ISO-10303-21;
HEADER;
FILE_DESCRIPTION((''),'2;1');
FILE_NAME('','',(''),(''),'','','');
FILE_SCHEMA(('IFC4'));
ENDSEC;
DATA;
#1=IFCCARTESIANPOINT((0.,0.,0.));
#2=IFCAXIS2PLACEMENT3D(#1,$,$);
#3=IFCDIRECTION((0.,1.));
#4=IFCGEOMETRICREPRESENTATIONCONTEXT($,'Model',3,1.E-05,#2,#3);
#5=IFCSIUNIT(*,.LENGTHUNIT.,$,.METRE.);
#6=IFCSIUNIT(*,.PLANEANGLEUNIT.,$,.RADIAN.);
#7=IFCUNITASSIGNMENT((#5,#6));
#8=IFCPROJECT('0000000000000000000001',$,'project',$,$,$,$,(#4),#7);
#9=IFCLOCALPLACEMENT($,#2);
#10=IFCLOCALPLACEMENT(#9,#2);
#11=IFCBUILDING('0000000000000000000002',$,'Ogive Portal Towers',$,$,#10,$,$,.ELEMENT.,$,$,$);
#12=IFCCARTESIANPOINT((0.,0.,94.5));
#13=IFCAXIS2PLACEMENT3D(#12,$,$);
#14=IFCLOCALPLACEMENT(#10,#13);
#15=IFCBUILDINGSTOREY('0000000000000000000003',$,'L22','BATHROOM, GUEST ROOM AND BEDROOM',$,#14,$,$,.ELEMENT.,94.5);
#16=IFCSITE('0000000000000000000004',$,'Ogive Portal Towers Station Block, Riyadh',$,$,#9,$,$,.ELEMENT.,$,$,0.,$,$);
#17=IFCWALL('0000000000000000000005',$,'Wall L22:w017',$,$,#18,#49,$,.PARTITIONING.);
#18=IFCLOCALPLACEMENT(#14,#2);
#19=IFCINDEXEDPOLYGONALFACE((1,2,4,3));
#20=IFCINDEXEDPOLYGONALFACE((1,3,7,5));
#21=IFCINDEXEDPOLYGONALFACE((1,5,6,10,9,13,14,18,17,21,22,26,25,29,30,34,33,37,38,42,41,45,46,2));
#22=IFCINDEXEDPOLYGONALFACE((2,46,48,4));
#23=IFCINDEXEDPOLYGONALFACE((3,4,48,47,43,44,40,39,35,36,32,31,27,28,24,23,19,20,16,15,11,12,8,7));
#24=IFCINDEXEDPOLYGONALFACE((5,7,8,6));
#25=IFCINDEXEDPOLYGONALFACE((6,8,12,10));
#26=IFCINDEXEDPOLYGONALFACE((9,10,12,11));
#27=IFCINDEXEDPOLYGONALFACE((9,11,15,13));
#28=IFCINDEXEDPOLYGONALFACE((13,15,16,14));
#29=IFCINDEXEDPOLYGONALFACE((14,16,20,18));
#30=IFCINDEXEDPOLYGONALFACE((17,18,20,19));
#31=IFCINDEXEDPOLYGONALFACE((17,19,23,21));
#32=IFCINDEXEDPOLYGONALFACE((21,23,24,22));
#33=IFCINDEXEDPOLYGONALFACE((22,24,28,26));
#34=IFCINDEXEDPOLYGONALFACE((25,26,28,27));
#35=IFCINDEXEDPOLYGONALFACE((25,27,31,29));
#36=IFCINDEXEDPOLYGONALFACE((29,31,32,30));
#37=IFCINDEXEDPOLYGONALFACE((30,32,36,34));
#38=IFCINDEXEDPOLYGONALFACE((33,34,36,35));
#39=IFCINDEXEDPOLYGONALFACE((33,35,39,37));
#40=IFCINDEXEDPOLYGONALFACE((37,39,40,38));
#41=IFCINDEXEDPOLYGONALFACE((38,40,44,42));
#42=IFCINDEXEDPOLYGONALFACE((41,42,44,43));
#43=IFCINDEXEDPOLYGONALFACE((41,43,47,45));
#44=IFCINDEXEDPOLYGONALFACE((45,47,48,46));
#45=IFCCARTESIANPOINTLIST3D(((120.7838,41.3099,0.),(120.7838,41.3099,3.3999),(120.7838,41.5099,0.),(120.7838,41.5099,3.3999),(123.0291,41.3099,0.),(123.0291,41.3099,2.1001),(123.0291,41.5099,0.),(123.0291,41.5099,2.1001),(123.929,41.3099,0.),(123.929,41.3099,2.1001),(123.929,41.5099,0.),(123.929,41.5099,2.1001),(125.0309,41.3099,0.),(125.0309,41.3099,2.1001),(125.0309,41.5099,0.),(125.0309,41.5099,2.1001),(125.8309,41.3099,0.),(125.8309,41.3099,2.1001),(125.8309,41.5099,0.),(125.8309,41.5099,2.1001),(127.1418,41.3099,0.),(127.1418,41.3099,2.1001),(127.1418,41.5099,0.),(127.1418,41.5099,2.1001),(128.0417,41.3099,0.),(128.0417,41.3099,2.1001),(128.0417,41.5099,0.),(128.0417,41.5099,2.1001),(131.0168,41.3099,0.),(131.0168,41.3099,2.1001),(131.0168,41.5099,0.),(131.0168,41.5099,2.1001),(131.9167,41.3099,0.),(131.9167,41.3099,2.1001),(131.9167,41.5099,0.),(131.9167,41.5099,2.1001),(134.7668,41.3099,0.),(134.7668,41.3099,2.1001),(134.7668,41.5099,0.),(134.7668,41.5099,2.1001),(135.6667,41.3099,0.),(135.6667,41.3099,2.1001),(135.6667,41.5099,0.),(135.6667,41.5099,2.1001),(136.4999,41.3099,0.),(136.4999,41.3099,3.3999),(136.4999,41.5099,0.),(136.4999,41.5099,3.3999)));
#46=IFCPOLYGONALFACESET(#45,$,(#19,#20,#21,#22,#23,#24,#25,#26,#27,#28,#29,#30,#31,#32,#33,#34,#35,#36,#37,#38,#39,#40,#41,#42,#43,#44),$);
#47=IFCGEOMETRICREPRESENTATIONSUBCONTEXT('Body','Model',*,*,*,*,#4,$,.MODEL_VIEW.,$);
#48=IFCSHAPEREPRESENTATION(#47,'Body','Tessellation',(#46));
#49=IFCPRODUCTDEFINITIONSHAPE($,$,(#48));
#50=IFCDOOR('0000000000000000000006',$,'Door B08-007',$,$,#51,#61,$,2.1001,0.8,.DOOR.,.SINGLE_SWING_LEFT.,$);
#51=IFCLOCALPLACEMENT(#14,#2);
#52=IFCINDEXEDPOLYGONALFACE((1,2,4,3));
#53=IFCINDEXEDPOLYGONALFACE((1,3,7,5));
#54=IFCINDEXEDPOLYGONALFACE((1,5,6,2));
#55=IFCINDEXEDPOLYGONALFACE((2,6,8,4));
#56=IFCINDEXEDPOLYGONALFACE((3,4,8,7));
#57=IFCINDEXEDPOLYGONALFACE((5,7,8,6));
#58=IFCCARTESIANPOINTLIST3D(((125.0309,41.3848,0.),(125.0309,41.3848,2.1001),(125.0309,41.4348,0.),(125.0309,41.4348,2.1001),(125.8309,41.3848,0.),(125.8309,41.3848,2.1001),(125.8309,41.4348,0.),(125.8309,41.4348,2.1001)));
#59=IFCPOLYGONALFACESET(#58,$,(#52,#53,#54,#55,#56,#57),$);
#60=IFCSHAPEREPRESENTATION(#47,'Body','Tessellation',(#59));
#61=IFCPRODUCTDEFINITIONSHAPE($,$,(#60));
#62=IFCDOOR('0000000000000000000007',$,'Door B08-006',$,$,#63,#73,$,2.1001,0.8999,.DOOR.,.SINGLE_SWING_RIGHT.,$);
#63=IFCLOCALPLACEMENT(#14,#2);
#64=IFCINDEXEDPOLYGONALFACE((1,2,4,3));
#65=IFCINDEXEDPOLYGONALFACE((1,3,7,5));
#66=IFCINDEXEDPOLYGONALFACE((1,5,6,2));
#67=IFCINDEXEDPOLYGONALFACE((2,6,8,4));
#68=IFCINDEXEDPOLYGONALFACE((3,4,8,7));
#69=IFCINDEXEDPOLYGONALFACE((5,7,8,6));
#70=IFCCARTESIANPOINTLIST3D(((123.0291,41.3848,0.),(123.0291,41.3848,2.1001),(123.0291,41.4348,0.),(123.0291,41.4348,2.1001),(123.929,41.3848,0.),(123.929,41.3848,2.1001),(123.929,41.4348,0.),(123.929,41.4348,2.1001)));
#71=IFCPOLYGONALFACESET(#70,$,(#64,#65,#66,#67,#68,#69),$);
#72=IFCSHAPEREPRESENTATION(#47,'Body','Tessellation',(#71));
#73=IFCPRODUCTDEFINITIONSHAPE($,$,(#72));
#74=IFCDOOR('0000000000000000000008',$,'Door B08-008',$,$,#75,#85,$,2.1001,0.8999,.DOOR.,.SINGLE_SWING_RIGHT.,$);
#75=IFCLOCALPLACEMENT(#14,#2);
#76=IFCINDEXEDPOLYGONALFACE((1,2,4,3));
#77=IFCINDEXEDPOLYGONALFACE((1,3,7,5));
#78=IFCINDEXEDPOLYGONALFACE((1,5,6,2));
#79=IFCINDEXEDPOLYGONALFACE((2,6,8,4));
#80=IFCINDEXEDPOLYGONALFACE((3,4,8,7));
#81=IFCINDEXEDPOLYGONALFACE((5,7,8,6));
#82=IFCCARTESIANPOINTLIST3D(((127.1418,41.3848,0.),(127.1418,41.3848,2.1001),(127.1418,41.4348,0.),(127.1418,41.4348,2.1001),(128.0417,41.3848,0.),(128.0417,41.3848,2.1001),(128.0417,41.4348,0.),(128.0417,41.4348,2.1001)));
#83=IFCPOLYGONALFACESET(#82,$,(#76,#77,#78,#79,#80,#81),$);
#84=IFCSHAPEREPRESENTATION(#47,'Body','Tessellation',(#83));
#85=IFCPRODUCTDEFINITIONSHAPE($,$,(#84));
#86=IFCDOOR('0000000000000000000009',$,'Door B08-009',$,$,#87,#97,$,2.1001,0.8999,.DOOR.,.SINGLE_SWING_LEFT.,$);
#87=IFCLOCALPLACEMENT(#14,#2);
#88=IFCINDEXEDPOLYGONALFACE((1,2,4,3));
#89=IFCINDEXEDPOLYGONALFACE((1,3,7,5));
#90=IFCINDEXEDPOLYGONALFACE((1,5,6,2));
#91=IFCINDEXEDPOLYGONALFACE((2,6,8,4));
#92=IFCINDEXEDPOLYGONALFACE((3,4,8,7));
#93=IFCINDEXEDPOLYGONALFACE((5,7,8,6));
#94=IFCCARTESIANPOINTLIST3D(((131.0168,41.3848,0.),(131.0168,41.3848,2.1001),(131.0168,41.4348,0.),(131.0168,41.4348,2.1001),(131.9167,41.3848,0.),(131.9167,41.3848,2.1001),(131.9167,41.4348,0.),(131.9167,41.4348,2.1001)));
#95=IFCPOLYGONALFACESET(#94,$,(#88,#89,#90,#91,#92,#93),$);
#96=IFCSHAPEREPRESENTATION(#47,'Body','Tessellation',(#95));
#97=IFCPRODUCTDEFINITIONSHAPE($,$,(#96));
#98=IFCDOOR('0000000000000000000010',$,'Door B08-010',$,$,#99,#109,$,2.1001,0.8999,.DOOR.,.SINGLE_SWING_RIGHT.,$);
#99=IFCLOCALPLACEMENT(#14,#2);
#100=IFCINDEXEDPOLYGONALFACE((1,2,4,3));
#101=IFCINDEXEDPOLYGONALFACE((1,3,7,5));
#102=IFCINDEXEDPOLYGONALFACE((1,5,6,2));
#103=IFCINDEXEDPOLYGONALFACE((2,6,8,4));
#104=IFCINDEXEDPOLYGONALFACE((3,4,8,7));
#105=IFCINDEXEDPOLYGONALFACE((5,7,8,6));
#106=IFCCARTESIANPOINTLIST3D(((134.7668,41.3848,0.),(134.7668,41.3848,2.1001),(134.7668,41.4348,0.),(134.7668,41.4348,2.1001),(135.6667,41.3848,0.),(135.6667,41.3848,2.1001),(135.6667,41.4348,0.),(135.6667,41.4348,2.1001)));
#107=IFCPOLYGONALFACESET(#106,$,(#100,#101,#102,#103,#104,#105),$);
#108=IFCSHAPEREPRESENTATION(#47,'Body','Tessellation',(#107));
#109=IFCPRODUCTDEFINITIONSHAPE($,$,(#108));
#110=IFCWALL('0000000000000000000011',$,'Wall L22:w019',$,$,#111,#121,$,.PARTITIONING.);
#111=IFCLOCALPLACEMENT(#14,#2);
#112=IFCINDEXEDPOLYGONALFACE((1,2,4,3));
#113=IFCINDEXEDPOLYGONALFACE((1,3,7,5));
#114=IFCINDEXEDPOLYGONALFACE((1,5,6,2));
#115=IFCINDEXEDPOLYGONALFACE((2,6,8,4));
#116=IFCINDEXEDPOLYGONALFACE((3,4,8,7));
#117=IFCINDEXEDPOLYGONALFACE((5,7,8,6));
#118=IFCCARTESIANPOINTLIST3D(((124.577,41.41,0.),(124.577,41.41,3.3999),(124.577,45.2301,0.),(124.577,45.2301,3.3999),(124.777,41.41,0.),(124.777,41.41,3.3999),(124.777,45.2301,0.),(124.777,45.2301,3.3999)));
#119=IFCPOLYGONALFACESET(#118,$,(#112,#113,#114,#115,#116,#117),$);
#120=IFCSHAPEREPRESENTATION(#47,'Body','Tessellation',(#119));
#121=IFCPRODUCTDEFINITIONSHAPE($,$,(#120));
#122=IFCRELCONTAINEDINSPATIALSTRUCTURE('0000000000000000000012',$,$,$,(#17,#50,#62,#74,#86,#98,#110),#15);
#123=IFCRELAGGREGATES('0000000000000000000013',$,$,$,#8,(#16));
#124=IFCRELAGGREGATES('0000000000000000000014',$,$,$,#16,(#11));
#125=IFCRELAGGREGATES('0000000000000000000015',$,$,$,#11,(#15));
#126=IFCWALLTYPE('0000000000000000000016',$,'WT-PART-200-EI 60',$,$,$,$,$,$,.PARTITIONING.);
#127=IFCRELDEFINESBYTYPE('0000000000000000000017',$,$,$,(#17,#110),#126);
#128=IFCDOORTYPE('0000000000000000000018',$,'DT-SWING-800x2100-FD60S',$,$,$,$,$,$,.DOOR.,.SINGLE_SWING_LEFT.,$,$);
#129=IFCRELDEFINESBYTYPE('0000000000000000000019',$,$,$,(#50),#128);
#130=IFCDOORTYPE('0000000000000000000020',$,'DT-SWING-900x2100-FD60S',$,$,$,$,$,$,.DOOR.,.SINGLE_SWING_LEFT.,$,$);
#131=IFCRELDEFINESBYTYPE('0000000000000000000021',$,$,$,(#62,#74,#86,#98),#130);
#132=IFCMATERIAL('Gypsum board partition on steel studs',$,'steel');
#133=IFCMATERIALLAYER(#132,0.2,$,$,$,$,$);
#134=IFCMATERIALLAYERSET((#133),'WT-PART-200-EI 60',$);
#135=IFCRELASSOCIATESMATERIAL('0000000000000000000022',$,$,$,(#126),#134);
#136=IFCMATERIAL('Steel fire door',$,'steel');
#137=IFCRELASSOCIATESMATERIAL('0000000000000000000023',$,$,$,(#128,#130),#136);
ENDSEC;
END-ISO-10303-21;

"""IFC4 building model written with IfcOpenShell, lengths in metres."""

from ifc_helpers import new_model, si_unit, direction, frame, frame_2d, origin, place, context, subcontext, project, spatial, rectangle, extrude, material, layer, layer_set, type_object, element, fill, save


model = new_model("IFC4")

# Units and contexts
model_context = context("Model", 3, precision=1e-05, world=origin(), true_north=direction((0.0, 1.0)))
body_context = subcontext(model_context, "Body", "Model", "MODEL_VIEW")
ifc_project = project(units=[si_unit("LENGTHUNIT", "METRE"), si_unit("PLANEANGLEUNIT", "RADIAN")], contexts=[model_context])

# Site, building, storey
site_placement = place(None, origin())
site = spatial("IfcSite", under=ifc_project, at=site_placement, Name="Ogive Portal Towers Station Block, Riyadh", CompositionType="ELEMENT", RefElevation=0.0)
building_placement = place(site_placement, origin())
building = spatial("IfcBuilding", under=site, at=building_placement, Name="Ogive Portal Towers", CompositionType="ELEMENT")
storey_placement = place(building_placement, frame((0.0, 0.0, 94.5)))
storey = spatial("IfcBuildingStorey", under=building, at=storey_placement, Name="L22", Description="BATHROOM, GUEST ROOM AND BEDROOM", CompositionType="ELEMENT", Elevation=94.5)

# Wall, openings, doors
ifc_material_1 = material(Name="Gypsum board partition on steel studs", Category="steel")
ifc_layer_1 = layer(ifc_material_1, 0.2)
ifc_layer_set_1 = layer_set([ifc_layer_1], Name="WT-PART-200-EI 60")
wall_type = type_object("IfcWallType", Name="WT-PART-200-EI 60", PredefinedType="PARTITIONING", material=ifc_layer_set_1)
wall_1_placement = place(storey_placement, frame((120.7839, 41.4099, 0.0), z_axis=(0.0, 0.0, 1.0), x_axis=(1.0, 0.0, 0.0)))
wall_1 = element("IfcWall", 1, at=wall_1_placement, inside=storey, type_object=wall_type, Name="Wall L22:w017", PredefinedType="PARTITIONING", context=body_context, shape_type="SweptSolid", body=[
    extrude(rectangle(XDim=15.7161, YDim=0.2, at=frame_2d((7.8579, 0.0))), origin(), (0.0, 0.0, 1.0), 3.3999),
])
opening_1_placement = place(wall_1_placement, frame((2.2451, 0.0, 0.0)))
opening_1 = element("IfcOpeningElement", 2, at=opening_1_placement, cuts=wall_1, PredefinedType="OPENING", context=body_context, shape_type="SweptSolid", body=[
    extrude(rectangle(XDim=0.8999, YDim=2.1001, at=frame_2d((0.45, 1.05))), frame((0.0, 0.1099, 0.0), z_axis=(0.0, -1.0, 0.0), x_axis=(1.0, 0.0, 0.0)), (0.0, 0.0, 1.0), 0.22),
])
opening_2_placement = place(wall_1_placement, frame((4.2471, 0.0, 0.0)))
opening_2 = element("IfcOpeningElement", 3, at=opening_2_placement, cuts=wall_1, PredefinedType="OPENING", context=body_context, shape_type="SweptSolid", body=[
    extrude(rectangle(XDim=0.8, YDim=2.1001, at=frame_2d((0.3999, 1.05))), frame((0.0, 0.1099, 0.0), z_axis=(0.0, -1.0, 0.0), x_axis=(1.0, 0.0, 0.0)), (0.0, 0.0, 1.0), 0.22),
])
opening_3_placement = place(wall_1_placement, frame((6.3579, 0.0, 0.0)))
opening_3 = element("IfcOpeningElement", 4, at=opening_3_placement, cuts=wall_1, PredefinedType="OPENING", context=body_context, shape_type="SweptSolid", body=[
    extrude(rectangle(XDim=0.8999, YDim=2.1001, at=frame_2d((0.45, 1.05))), frame((0.0, 0.1099, 0.0), z_axis=(0.0, -1.0, 0.0), x_axis=(1.0, 0.0, 0.0)), (0.0, 0.0, 1.0), 0.22),
])
opening_4_placement = place(wall_1_placement, frame((10.2329, 0.0, 0.0)))
opening_4 = element("IfcOpeningElement", 5, at=opening_4_placement, cuts=wall_1, PredefinedType="OPENING", context=body_context, shape_type="SweptSolid", body=[
    extrude(rectangle(XDim=0.8999, YDim=2.1001, at=frame_2d((0.45, 1.05))), frame((0.0, 0.1099, 0.0), z_axis=(0.0, -1.0, 0.0), x_axis=(1.0, 0.0, 0.0)), (0.0, 0.0, 1.0), 0.22),
])
opening_5_placement = place(wall_1_placement, frame((13.9829, 0.0, 0.0)))
opening_5 = element("IfcOpeningElement", 6, at=opening_5_placement, cuts=wall_1, PredefinedType="OPENING", context=body_context, shape_type="SweptSolid", body=[
    extrude(rectangle(XDim=0.8999, YDim=2.1001, at=frame_2d((0.45, 1.05))), frame((0.0, 0.1099, 0.0), z_axis=(0.0, -1.0, 0.0), x_axis=(1.0, 0.0, 0.0)), (0.0, 0.0, 1.0), 0.22),
])
ifc_material_2 = material(Name="Steel fire door", Category="steel")
door_type_1 = type_object("IfcDoorType", Name="DT-SWING-800x2100-FD60S", OperationType="SINGLE_SWING_LEFT", PredefinedType="DOOR", material=ifc_material_2)
door_1_placement = place(opening_2_placement, origin())
door_1 = element("IfcDoor", 7, at=door_1_placement, inside=storey, type_object=door_type_1, Name="Door B08-007", OperationType="SINGLE_SWING_LEFT", OverallHeight=2.1001, OverallWidth=0.8, PredefinedType="DOOR", context=body_context, shape_type="SweptSolid", body=[
    extrude(rectangle(XDim=0.8, YDim=2.1001, at=frame_2d((0.3999, 1.05))), frame((0.0, 0.0249, 0.0), z_axis=(0.0, -1.0, 0.0), x_axis=(1.0, 0.0, 0.0)), (0.0, 0.0, 1.0), 0.05),
])
fill(opening_2, door_1)
door_type_2 = type_object("IfcDoorType", Name="DT-SWING-900x2100-FD60S", OperationType="SINGLE_SWING_LEFT", PredefinedType="DOOR", material=ifc_material_2)
door_2_placement = place(opening_1_placement, origin())
door_2 = element("IfcDoor", 8, at=door_2_placement, inside=storey, type_object=door_type_2, Name="Door B08-006", OperationType="SINGLE_SWING_RIGHT", OverallHeight=2.1001, OverallWidth=0.8999, PredefinedType="DOOR", context=body_context, shape_type="SweptSolid", body=[
    extrude(rectangle(XDim=0.8999, YDim=2.1001, at=frame_2d((0.45, 1.05))), frame((0.0, 0.0249, 0.0), z_axis=(0.0, -1.0, 0.0), x_axis=(1.0, 0.0, 0.0)), (0.0, 0.0, 1.0), 0.05),
])
fill(opening_1, door_2)
door_3_placement = place(opening_3_placement, origin())
door_3 = element("IfcDoor", 9, at=door_3_placement, inside=storey, type_object=door_type_2, Name="Door B08-008", OperationType="SINGLE_SWING_RIGHT", OverallHeight=2.1001, OverallWidth=0.8999, PredefinedType="DOOR", context=body_context, shape_type="SweptSolid", body=[
    extrude(rectangle(XDim=0.8999, YDim=2.1001, at=frame_2d((0.45, 1.05))), frame((0.0, 0.0249, 0.0), z_axis=(0.0, -1.0, 0.0), x_axis=(1.0, 0.0, 0.0)), (0.0, 0.0, 1.0), 0.05),
])
fill(opening_3, door_3)
door_4_placement = place(opening_4_placement, origin())
door_4 = element("IfcDoor", 10, at=door_4_placement, inside=storey, type_object=door_type_2, Name="Door B08-009", OperationType="SINGLE_SWING_LEFT", OverallHeight=2.1001, OverallWidth=0.8999, PredefinedType="DOOR", context=body_context, shape_type="SweptSolid", body=[
    extrude(rectangle(XDim=0.8999, YDim=2.1001, at=frame_2d((0.45, 1.05))), frame((0.0, 0.0249, 0.0), z_axis=(0.0, -1.0, 0.0), x_axis=(1.0, 0.0, 0.0)), (0.0, 0.0, 1.0), 0.05),
])
fill(opening_4, door_4)
door_5_placement = place(opening_5_placement, origin())
door_5 = element("IfcDoor", 11, at=door_5_placement, inside=storey, type_object=door_type_2, Name="Door B08-010", OperationType="SINGLE_SWING_RIGHT", OverallHeight=2.1001, OverallWidth=0.8999, PredefinedType="DOOR", context=body_context, shape_type="SweptSolid", body=[
    extrude(rectangle(XDim=0.8999, YDim=2.1001, at=frame_2d((0.45, 1.05))), frame((0.0, 0.0249, 0.0), z_axis=(0.0, -1.0, 0.0), x_axis=(1.0, 0.0, 0.0)), (0.0, 0.0, 1.0), 0.05),
])
fill(opening_5, door_5)

# Wall
wall_2_placement = place(storey_placement, frame((124.677, 41.4099, 0.0), z_axis=(0.0, 0.0, 1.0), x_axis=(0.0, 1.0, 0.0)))
element("IfcWall", 12, at=wall_2_placement, inside=storey, type_object=wall_type, Name="Wall L22:w019", PredefinedType="PARTITIONING", context=body_context, shape_type="SweptSolid", body=[
    extrude(rectangle(XDim=3.8201, YDim=0.2, at=frame_2d((1.9102, 0.0))), origin(), (0.0, 0.0, 1.0), 3.3999),
])

save(model, "model.ifc")
